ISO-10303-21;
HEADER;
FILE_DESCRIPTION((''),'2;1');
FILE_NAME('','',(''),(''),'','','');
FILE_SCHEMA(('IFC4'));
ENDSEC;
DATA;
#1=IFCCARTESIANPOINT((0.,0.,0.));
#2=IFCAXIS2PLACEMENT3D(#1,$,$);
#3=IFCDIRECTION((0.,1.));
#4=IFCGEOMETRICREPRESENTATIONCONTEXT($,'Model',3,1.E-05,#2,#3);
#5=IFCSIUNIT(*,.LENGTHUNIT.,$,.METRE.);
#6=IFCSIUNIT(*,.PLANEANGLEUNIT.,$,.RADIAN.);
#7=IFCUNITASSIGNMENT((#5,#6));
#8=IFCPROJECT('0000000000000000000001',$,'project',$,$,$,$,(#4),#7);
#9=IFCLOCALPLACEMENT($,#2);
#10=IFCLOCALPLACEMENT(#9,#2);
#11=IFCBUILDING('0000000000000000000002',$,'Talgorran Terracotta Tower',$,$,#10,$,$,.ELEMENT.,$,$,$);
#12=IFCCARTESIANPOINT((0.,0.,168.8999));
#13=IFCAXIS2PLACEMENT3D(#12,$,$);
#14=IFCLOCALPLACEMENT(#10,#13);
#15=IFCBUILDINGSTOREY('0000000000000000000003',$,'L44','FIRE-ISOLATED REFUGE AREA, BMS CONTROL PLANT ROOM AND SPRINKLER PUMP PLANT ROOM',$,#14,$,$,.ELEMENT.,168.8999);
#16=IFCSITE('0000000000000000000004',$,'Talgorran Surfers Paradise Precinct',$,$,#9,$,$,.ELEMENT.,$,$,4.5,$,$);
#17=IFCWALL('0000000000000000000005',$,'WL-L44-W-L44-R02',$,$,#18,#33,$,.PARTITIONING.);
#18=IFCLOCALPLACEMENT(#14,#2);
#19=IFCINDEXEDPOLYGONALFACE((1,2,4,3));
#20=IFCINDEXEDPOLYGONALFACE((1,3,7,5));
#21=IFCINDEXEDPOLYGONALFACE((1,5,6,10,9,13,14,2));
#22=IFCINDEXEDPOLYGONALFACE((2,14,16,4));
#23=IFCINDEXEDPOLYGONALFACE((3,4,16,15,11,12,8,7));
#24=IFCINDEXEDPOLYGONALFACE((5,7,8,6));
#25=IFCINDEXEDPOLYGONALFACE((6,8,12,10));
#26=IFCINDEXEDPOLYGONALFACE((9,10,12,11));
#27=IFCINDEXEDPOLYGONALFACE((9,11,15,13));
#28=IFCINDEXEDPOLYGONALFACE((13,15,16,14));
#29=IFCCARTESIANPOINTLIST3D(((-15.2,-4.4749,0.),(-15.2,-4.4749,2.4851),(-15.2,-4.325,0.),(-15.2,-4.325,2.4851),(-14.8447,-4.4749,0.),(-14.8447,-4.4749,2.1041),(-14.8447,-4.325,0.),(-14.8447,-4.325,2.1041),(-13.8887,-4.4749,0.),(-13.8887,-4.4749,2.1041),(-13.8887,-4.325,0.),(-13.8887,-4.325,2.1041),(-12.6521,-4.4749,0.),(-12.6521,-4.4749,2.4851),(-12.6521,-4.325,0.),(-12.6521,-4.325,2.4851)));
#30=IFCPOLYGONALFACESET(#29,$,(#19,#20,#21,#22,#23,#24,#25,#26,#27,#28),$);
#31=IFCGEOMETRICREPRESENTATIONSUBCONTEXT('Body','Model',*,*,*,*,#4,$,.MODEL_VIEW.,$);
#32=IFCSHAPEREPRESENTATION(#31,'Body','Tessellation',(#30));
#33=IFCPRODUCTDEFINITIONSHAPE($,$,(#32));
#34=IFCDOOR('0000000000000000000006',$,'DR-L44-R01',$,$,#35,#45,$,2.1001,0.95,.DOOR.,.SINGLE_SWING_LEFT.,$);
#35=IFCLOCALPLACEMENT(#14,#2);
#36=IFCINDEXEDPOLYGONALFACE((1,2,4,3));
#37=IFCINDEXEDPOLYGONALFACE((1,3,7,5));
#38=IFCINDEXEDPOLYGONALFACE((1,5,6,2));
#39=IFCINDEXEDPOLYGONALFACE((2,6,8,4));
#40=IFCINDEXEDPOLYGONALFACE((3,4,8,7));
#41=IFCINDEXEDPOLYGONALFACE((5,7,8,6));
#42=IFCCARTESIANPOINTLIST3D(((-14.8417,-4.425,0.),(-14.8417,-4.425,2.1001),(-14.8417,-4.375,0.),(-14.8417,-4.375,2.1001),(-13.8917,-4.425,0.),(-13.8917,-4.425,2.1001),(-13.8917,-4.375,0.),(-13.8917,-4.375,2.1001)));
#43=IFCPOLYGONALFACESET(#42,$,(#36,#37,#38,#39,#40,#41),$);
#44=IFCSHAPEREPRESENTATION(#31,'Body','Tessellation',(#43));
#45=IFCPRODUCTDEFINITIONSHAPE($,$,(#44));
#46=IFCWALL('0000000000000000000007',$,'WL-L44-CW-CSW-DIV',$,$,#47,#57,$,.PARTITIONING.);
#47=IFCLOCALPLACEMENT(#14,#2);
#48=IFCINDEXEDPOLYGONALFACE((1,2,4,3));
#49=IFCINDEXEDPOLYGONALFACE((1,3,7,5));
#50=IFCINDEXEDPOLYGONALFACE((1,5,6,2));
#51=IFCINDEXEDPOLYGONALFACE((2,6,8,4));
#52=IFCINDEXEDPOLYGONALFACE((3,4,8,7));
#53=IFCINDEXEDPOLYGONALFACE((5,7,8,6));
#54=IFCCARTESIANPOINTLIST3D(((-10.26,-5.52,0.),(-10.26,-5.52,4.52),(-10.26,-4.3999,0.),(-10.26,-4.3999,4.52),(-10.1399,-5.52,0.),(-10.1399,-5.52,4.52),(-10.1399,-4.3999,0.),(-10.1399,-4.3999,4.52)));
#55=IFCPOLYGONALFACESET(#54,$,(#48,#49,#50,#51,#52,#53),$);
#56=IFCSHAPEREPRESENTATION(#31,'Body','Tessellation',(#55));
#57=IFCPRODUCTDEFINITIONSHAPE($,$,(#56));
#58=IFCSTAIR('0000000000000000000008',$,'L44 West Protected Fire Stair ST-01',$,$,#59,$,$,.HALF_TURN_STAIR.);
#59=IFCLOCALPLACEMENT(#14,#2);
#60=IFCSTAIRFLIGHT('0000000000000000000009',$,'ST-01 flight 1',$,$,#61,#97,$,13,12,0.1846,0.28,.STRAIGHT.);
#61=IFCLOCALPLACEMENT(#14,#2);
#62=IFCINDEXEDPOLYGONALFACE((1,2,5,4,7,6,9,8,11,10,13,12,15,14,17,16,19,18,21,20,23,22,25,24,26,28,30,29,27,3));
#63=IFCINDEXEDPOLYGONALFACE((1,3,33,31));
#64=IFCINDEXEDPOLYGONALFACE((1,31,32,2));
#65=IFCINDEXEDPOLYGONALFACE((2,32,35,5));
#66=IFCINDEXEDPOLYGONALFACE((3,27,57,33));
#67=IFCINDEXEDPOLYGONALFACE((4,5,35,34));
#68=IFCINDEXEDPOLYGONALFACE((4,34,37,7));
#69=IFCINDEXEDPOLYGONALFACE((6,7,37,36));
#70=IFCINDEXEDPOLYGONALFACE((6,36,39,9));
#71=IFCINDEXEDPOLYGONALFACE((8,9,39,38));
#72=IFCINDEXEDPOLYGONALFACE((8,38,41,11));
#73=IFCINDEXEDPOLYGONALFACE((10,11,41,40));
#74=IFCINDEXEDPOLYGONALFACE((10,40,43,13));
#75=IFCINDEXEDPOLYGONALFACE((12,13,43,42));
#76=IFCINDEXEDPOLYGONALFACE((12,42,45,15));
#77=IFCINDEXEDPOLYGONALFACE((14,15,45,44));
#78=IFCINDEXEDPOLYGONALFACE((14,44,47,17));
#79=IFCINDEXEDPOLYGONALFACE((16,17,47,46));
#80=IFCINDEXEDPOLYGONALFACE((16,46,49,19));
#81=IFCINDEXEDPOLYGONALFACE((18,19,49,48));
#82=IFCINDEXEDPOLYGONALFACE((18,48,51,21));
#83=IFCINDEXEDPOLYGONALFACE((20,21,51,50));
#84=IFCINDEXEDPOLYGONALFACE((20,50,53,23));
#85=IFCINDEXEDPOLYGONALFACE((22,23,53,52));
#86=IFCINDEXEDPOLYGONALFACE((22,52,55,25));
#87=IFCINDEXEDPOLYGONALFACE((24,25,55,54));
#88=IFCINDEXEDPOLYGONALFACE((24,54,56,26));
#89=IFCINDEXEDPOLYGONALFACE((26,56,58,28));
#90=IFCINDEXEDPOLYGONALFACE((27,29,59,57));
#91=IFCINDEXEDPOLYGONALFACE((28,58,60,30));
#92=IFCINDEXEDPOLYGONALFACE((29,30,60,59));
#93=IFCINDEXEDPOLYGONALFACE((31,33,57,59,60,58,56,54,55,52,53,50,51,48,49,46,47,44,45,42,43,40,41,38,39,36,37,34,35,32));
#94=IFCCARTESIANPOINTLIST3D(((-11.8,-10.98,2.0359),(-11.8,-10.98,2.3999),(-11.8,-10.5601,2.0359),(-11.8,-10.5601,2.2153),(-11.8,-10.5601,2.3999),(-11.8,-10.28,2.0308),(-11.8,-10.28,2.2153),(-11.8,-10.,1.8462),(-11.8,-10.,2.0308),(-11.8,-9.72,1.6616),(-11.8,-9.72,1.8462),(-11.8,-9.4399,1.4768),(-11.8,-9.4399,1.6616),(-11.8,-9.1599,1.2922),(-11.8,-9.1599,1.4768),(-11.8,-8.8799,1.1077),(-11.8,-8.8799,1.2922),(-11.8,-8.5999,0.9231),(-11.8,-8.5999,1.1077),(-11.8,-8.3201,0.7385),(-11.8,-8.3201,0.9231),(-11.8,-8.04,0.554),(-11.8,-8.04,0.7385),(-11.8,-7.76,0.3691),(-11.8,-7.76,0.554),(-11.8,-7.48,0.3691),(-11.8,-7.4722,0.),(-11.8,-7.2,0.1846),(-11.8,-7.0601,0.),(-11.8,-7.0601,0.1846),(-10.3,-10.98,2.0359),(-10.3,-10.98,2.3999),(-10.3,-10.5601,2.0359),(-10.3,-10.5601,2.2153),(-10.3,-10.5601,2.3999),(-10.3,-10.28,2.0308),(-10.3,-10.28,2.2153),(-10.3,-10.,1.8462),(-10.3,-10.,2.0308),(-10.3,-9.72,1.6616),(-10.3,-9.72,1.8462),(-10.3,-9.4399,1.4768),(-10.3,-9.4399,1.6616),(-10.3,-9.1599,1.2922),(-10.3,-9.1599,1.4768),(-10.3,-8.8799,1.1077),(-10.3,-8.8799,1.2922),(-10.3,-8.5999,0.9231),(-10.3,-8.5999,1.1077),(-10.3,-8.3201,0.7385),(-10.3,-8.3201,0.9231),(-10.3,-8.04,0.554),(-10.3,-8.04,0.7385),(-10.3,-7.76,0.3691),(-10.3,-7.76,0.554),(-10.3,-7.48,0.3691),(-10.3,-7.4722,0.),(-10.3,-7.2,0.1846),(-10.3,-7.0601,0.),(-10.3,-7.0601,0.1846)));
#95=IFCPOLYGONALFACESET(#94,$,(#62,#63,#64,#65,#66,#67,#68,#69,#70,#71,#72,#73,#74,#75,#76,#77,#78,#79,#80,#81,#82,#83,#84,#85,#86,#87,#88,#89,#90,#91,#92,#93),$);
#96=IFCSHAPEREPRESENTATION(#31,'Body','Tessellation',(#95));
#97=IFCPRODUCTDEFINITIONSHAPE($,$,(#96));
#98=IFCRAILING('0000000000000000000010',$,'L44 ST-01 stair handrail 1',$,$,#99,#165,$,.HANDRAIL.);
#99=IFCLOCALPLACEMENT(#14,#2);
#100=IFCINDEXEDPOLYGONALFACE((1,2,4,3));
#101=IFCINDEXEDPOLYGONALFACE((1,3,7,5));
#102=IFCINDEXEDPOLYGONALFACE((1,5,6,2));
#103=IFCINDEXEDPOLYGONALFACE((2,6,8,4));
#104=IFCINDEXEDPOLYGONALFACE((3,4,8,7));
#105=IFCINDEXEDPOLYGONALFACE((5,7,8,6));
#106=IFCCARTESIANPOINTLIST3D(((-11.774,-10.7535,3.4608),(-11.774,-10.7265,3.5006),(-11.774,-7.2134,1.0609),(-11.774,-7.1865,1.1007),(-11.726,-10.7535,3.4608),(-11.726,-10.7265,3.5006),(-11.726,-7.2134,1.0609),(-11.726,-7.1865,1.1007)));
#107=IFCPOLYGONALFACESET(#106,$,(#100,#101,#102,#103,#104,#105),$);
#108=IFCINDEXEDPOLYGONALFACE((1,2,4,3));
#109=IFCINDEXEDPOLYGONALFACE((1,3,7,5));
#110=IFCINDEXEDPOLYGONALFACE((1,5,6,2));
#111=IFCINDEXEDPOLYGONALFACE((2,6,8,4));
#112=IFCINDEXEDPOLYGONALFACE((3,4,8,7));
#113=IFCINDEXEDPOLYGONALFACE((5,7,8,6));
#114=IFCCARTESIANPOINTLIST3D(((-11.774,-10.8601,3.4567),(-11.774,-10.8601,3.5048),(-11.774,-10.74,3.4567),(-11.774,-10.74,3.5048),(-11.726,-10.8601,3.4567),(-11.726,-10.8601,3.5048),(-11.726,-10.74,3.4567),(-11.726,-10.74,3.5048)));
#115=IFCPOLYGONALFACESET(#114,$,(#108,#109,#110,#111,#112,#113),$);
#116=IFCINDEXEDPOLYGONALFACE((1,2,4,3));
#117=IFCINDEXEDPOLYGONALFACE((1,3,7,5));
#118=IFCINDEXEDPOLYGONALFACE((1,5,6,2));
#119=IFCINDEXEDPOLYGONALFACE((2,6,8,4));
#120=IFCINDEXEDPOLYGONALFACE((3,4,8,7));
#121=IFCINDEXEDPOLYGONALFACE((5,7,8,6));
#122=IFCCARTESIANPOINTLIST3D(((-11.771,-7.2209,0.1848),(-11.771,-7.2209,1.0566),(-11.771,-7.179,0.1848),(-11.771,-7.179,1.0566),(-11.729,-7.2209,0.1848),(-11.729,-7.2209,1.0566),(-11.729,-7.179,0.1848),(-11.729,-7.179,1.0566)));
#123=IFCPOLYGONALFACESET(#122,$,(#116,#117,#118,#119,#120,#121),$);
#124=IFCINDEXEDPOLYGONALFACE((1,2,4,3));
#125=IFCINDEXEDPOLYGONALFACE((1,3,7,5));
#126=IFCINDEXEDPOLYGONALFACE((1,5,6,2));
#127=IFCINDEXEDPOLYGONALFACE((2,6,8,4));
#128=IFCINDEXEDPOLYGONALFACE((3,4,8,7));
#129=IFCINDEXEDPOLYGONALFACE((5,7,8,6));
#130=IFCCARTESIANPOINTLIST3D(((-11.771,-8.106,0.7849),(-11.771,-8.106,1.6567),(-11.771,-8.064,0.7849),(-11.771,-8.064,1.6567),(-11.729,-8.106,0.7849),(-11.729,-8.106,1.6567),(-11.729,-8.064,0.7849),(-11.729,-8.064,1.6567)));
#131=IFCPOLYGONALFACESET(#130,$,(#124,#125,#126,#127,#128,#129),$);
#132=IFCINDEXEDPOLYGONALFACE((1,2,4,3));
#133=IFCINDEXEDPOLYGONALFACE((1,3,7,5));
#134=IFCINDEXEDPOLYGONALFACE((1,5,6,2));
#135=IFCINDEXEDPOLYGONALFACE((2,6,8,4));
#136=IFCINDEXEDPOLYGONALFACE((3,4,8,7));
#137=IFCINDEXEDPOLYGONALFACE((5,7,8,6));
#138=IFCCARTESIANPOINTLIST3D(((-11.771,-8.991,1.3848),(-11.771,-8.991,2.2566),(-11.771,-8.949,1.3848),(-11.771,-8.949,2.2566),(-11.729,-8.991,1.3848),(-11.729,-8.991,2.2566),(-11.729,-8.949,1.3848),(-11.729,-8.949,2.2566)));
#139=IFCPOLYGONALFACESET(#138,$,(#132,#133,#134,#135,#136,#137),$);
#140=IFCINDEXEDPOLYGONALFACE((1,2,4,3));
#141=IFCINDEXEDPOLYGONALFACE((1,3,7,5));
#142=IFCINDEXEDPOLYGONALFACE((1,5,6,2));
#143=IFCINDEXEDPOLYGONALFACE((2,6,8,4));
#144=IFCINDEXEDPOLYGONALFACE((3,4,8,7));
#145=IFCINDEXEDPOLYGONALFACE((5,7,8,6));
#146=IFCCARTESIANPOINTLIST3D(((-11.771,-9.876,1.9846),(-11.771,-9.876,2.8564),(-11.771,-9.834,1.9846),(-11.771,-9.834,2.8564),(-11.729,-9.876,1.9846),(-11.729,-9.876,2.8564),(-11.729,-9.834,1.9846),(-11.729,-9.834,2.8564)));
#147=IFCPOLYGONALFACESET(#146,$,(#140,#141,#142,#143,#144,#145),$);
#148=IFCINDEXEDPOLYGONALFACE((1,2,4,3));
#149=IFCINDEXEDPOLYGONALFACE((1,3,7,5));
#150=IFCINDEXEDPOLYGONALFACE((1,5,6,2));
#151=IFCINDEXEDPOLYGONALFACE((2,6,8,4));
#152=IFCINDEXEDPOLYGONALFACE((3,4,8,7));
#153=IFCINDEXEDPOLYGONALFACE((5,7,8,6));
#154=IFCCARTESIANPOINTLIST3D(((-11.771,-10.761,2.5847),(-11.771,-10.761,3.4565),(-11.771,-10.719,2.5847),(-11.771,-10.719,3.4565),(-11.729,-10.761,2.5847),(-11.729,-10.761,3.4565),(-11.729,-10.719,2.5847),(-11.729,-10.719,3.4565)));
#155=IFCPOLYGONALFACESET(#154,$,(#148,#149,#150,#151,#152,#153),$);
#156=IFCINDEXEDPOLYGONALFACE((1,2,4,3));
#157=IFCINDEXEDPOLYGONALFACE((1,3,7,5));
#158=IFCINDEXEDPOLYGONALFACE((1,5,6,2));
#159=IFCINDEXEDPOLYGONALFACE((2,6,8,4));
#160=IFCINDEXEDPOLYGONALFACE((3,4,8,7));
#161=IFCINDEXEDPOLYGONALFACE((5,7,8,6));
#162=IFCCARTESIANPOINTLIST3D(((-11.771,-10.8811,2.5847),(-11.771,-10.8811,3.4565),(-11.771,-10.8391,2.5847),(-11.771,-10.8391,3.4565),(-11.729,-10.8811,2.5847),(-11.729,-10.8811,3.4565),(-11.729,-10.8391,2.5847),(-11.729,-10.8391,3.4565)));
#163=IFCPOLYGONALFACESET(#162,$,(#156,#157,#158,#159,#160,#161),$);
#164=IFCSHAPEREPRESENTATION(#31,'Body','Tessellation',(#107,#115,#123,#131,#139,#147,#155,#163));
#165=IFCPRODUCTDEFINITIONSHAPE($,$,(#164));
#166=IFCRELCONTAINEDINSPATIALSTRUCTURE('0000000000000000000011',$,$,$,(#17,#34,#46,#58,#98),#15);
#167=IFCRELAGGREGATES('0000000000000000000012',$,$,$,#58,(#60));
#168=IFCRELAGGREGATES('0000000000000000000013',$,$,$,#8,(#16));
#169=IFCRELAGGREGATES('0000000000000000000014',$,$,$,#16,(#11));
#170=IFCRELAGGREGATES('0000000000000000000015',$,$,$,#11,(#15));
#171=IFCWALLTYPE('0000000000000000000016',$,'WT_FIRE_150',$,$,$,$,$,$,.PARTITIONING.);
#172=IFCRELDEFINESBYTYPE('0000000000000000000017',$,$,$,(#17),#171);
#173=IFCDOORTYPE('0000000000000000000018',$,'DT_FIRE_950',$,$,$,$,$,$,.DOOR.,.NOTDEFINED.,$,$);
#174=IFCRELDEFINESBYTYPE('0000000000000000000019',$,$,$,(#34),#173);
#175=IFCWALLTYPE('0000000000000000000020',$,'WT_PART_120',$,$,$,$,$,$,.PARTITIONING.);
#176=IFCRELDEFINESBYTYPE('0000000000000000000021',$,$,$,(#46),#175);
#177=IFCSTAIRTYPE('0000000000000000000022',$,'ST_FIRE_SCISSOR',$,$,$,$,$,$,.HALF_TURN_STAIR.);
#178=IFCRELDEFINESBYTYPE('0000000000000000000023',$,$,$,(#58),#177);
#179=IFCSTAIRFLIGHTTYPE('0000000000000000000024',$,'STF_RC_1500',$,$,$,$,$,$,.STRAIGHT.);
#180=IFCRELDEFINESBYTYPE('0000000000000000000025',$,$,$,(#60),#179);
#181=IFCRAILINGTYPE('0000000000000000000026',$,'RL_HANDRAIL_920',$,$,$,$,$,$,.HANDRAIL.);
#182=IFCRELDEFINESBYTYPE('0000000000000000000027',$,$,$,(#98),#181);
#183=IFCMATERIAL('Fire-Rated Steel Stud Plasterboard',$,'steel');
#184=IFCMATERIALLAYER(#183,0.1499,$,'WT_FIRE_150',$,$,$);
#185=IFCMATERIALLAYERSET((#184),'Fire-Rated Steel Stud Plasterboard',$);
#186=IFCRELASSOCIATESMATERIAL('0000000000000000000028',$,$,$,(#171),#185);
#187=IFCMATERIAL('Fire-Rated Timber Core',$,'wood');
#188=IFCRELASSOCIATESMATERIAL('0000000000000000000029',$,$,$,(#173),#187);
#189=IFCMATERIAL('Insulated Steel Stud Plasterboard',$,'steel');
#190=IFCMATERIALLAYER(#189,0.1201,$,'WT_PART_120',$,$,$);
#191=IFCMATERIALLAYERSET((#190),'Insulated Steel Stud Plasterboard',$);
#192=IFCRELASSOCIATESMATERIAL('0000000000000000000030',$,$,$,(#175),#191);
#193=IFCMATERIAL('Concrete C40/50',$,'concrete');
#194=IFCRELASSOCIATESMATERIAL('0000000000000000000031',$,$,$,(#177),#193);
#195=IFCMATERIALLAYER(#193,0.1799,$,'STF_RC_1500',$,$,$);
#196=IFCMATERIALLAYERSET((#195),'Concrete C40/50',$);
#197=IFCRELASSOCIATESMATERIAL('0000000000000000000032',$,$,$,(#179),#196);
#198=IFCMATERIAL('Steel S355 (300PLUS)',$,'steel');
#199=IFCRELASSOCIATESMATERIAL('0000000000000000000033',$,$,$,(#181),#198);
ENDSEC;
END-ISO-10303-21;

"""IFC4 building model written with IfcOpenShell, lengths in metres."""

from ifc_helpers import new_model, si_unit, direction, frame, frame_2d, origin, origin_2d, place, context, subcontext, project, spatial, polyline, rectangle, outline, extrude, material, layer, layer_set, type_object, element, fill, aggregate, save


model = new_model("IFC4")

# Units and contexts
model_context = context("Model", 3, precision=1e-05, world=origin(), true_north=direction((0.0, 1.0)))
body_context = subcontext(model_context, "Body", "Model", "MODEL_VIEW")
ifc_project = project(units=[si_unit("LENGTHUNIT", "METRE"), si_unit("PLANEANGLEUNIT", "RADIAN")], contexts=[model_context])

# Site, building, storey
site_placement = place(None, origin())
site = spatial("IfcSite", under=ifc_project, at=site_placement, Name="Talgorran Surfers Paradise Precinct", CompositionType="ELEMENT", RefElevation=4.5)
building_placement = place(site_placement, origin())
building = spatial("IfcBuilding", under=site, at=building_placement, Name="Talgorran Terracotta Tower", CompositionType="ELEMENT")
storey_placement = place(building_placement, frame((0.0, 0.0, 168.8999)))
storey = spatial("IfcBuildingStorey", under=building, at=storey_placement, Name="L44", Description="FIRE-ISOLATED REFUGE AREA, BMS CONTROL PLANT ROOM AND SPRINKLER PUMP PLANT ROOM", CompositionType="ELEMENT", Elevation=168.8999)

# Shared definitions
ifc_material_1 = material(Name="Steel S355 (300PLUS)", Category="steel")

# Wall, opening, door
ifc_material_2 = material(Name="Fire-Rated Steel Stud Plasterboard", Category="steel")
ifc_layer_1 = layer(ifc_material_2, 0.1499, Name="WT_FIRE_150")
ifc_layer_set_1 = layer_set([ifc_layer_1], Name="Fire-Rated Steel Stud Plasterboard")
wall_type_1 = type_object("IfcWallType", Name="WT_FIRE_150", PredefinedType="PARTITIONING", material=ifc_layer_set_1)
wall_1_placement = place(storey_placement, frame((-15.2, -4.3999, 0.0), z_axis=(0.0, 0.0, 1.0), x_axis=(1.0, 0.0, 0.0)))
wall_1 = element("IfcWall", 1, at=wall_1_placement, inside=storey, type_object=wall_type_1, Name="WL-L44-W-L44-R02", PredefinedType="PARTITIONING", context=body_context, shape_type="SweptSolid", body=[
    extrude(rectangle(XDim=2.5479, YDim=0.1499, at=frame_2d((1.2739, 0.0))), origin(), (0.0, 0.0, 1.0), 2.4851),
])
opening_1_placement = place(wall_1_placement, frame((0.3582, 0.0, 0.0)))
opening_1 = element("IfcOpeningElement", 2, at=opening_1_placement, cuts=wall_1, PredefinedType="OPENING", context=body_context, shape_type="SweptSolid", body=[
    extrude(rectangle(XDim=0.956, YDim=2.1041, at=frame_2d((0.4751, 1.052))), frame((0.0, 0.085, 0.0), z_axis=(0.0, -1.0, 0.0), x_axis=(1.0, 0.0, 0.0)), (0.0, 0.0, 1.0), 0.1699),
])
ifc_material_3 = material(Name="Fire-Rated Timber Core", Category="wood")
door_type_1 = type_object("IfcDoorType", Name="DT_FIRE_950", OperationType="NOTDEFINED", PredefinedType="DOOR", material=ifc_material_3)
door_1_placement = place(opening_1_placement, origin())
door_1 = element("IfcDoor", 3, at=door_1_placement, inside=storey, type_object=door_type_1, Name="DR-L44-R01", OperationType="SINGLE_SWING_LEFT", OverallHeight=2.1001, OverallWidth=0.95, PredefinedType="DOOR", context=body_context, shape_type="SweptSolid", body=[
    extrude(rectangle(XDim=0.95, YDim=2.1001, at=frame_2d((0.4751, 1.05))), frame((0.0, 0.0249, 0.0), z_axis=(0.0, -1.0, 0.0), x_axis=(1.0, 0.0, 0.0)), (0.0, 0.0, 1.0), 0.05),
])
fill(opening_1, door_1)

# Wall
ifc_material_4 = material(Name="Insulated Steel Stud Plasterboard", Category="steel")
ifc_layer_2 = layer(ifc_material_4, 0.1201, Name="WT_PART_120")
ifc_layer_set_2 = layer_set([ifc_layer_2], Name="Insulated Steel Stud Plasterboard")
wall_type_2 = type_object("IfcWallType", Name="WT_PART_120", PredefinedType="PARTITIONING", material=ifc_layer_set_2)
wall_2_placement = place(storey_placement, frame((-10.2, -5.52, 0.0), z_axis=(0.0, 0.0, 1.0), x_axis=(0.0, 1.0, 0.0)))
element("IfcWall", 4, at=wall_2_placement, inside=storey, type_object=wall_type_2, Name="WL-L44-CW-CSW-DIV", PredefinedType="PARTITIONING", context=body_context, shape_type="SweptSolid", body=[
    extrude(rectangle(XDim=1.1201, YDim=0.1201, at=frame_2d((0.5601, 0.0))), origin(), (0.0, 0.0, 1.0), 4.52),
])

# Stair, stair flight
ifc_material_5 = material(Name="Concrete C40/50", Category="concrete")
stair_type = type_object("IfcStairType", Name="ST_FIRE_SCISSOR", PredefinedType="HALF_TURN_STAIR", material=ifc_material_5)
stair_placement = place(storey_placement, origin())
stair = element("IfcStair", 5, at=stair_placement, inside=storey, type_object=stair_type, Name="L44 West Protected Fire Stair ST-01", PredefinedType="HALF_TURN_STAIR")
ifc_layer_3 = layer(ifc_material_5, 0.1799, Name="STF_RC_1500")
ifc_layer_set_3 = layer_set([ifc_layer_3], Name="Concrete C40/50")
stair_flight_type = type_object("IfcStairFlightType", Name="STF_RC_1500", PredefinedType="STRAIGHT", material=ifc_layer_set_3)
stair_flight_placement = place(storey_placement, frame((-11.05, -7.2, 0.0), z_axis=(0.0, 0.0, 1.0), x_axis=(0.0, -1.0, 0.0)))
stair_flight = element("IfcStairFlight", 6, at=stair_flight_placement, type_object=stair_flight_type, Name="ST-01 flight 1", NumberOfRisers=13, NumberOfTreads=12, PredefinedType="STRAIGHT", RiserHeight=0.1846, TreadLength=0.28, context=body_context, shape_type="SweptSolid", body=[
    extrude(outline(polyline([(-0.1399, 0.0), (-0.1399, 0.1846), (0.0, 0.1846), (0.28, 0.3691), (0.5601, 0.3691), (0.5601, 0.554), (0.8401, 0.554), (0.8401, 0.7385), (1.1201, 0.7385), (1.1201, 0.9231), (1.3999, 0.9231), (1.3999, 1.1077), (1.6799, 1.1077), (1.6799, 1.2922), (1.96, 1.2922), (1.96, 1.4768), (2.24, 1.4768), (2.24, 1.6616), (2.52, 1.6616), (2.52, 1.8462), (2.8, 1.8462), (2.8, 2.0308), (3.0801, 2.0308), (3.0801, 2.2153), (3.3601, 2.2153), (3.3601, 2.3999), (3.78, 2.3999), (3.78, 2.0359), (3.3601, 2.0359), (0.2722, 0.0), (-0.1399, 0.0)])), frame((0.0, 0.75, 0.0), z_axis=(0.0, -1.0, 0.0), x_axis=(1.0, 0.0, 0.0)), (0.0, 0.0, 1.0), 1.5),
])
aggregate(stair, [stair_flight])

# Railing
railing_type_1 = type_object("IfcRailingType", Name="RL_HANDRAIL_920", PredefinedType="HANDRAIL", material=ifc_material_1)
railing_1_placement = place(storey_placement, frame((-11.75, -7.2, 0.1848)))
element("IfcRailing", 7, at=railing_1_placement, inside=storey, type_object=railing_type_1, Name="L44 ST-01 stair handrail 1", PredefinedType="HANDRAIL", context=body_context, shape_type="SweptSolid", body=[
    extrude(rectangle(XDim=0.0481, YDim=0.0481, at=origin_2d()), frame((0.0, 0.0, 0.896), z_axis=(0.0, -0.827722, 0.561138), x_axis=(1.0, 0.0, 0.0)), (0.0, 0.0, 1.0), 4.2769),
    extrude(rectangle(XDim=0.0481, YDim=0.0481, at=origin_2d()), frame((0.0, -3.54, 3.2959), z_axis=(0.0, -1.0, 0.0), x_axis=(1.0, 0.0, 0.0)), (0.0, 0.0, 1.0), 0.1201),
    extrude(rectangle(XDim=0.042, YDim=0.042, at=origin_2d()), origin(), (0.0, 0.0, 1.0), 0.8718),
    extrude(rectangle(XDim=0.042, YDim=0.042, at=origin_2d()), frame((0.0, -0.885, 0.6001)), (0.0, 0.0, 1.0), 0.8718),
    extrude(rectangle(XDim=0.042, YDim=0.042, at=origin_2d()), frame((0.0, -1.77, 1.2)), (0.0, 0.0, 1.0), 0.8718),
    extrude(rectangle(XDim=0.042, YDim=0.042, at=origin_2d()), frame((0.0, -2.655, 1.7998)), (0.0, 0.0, 1.0), 0.8718),
    extrude(rectangle(XDim=0.042, YDim=0.042, at=origin_2d()), frame((0.0, -3.54, 2.3999)), (0.0, 0.0, 1.0), 0.8718),
    extrude(rectangle(XDim=0.042, YDim=0.042, at=origin_2d()), frame((0.0, -3.6602, 2.3999)), (0.0, 0.0, 1.0), 0.8718),
])

save(model, "model.ifc")
